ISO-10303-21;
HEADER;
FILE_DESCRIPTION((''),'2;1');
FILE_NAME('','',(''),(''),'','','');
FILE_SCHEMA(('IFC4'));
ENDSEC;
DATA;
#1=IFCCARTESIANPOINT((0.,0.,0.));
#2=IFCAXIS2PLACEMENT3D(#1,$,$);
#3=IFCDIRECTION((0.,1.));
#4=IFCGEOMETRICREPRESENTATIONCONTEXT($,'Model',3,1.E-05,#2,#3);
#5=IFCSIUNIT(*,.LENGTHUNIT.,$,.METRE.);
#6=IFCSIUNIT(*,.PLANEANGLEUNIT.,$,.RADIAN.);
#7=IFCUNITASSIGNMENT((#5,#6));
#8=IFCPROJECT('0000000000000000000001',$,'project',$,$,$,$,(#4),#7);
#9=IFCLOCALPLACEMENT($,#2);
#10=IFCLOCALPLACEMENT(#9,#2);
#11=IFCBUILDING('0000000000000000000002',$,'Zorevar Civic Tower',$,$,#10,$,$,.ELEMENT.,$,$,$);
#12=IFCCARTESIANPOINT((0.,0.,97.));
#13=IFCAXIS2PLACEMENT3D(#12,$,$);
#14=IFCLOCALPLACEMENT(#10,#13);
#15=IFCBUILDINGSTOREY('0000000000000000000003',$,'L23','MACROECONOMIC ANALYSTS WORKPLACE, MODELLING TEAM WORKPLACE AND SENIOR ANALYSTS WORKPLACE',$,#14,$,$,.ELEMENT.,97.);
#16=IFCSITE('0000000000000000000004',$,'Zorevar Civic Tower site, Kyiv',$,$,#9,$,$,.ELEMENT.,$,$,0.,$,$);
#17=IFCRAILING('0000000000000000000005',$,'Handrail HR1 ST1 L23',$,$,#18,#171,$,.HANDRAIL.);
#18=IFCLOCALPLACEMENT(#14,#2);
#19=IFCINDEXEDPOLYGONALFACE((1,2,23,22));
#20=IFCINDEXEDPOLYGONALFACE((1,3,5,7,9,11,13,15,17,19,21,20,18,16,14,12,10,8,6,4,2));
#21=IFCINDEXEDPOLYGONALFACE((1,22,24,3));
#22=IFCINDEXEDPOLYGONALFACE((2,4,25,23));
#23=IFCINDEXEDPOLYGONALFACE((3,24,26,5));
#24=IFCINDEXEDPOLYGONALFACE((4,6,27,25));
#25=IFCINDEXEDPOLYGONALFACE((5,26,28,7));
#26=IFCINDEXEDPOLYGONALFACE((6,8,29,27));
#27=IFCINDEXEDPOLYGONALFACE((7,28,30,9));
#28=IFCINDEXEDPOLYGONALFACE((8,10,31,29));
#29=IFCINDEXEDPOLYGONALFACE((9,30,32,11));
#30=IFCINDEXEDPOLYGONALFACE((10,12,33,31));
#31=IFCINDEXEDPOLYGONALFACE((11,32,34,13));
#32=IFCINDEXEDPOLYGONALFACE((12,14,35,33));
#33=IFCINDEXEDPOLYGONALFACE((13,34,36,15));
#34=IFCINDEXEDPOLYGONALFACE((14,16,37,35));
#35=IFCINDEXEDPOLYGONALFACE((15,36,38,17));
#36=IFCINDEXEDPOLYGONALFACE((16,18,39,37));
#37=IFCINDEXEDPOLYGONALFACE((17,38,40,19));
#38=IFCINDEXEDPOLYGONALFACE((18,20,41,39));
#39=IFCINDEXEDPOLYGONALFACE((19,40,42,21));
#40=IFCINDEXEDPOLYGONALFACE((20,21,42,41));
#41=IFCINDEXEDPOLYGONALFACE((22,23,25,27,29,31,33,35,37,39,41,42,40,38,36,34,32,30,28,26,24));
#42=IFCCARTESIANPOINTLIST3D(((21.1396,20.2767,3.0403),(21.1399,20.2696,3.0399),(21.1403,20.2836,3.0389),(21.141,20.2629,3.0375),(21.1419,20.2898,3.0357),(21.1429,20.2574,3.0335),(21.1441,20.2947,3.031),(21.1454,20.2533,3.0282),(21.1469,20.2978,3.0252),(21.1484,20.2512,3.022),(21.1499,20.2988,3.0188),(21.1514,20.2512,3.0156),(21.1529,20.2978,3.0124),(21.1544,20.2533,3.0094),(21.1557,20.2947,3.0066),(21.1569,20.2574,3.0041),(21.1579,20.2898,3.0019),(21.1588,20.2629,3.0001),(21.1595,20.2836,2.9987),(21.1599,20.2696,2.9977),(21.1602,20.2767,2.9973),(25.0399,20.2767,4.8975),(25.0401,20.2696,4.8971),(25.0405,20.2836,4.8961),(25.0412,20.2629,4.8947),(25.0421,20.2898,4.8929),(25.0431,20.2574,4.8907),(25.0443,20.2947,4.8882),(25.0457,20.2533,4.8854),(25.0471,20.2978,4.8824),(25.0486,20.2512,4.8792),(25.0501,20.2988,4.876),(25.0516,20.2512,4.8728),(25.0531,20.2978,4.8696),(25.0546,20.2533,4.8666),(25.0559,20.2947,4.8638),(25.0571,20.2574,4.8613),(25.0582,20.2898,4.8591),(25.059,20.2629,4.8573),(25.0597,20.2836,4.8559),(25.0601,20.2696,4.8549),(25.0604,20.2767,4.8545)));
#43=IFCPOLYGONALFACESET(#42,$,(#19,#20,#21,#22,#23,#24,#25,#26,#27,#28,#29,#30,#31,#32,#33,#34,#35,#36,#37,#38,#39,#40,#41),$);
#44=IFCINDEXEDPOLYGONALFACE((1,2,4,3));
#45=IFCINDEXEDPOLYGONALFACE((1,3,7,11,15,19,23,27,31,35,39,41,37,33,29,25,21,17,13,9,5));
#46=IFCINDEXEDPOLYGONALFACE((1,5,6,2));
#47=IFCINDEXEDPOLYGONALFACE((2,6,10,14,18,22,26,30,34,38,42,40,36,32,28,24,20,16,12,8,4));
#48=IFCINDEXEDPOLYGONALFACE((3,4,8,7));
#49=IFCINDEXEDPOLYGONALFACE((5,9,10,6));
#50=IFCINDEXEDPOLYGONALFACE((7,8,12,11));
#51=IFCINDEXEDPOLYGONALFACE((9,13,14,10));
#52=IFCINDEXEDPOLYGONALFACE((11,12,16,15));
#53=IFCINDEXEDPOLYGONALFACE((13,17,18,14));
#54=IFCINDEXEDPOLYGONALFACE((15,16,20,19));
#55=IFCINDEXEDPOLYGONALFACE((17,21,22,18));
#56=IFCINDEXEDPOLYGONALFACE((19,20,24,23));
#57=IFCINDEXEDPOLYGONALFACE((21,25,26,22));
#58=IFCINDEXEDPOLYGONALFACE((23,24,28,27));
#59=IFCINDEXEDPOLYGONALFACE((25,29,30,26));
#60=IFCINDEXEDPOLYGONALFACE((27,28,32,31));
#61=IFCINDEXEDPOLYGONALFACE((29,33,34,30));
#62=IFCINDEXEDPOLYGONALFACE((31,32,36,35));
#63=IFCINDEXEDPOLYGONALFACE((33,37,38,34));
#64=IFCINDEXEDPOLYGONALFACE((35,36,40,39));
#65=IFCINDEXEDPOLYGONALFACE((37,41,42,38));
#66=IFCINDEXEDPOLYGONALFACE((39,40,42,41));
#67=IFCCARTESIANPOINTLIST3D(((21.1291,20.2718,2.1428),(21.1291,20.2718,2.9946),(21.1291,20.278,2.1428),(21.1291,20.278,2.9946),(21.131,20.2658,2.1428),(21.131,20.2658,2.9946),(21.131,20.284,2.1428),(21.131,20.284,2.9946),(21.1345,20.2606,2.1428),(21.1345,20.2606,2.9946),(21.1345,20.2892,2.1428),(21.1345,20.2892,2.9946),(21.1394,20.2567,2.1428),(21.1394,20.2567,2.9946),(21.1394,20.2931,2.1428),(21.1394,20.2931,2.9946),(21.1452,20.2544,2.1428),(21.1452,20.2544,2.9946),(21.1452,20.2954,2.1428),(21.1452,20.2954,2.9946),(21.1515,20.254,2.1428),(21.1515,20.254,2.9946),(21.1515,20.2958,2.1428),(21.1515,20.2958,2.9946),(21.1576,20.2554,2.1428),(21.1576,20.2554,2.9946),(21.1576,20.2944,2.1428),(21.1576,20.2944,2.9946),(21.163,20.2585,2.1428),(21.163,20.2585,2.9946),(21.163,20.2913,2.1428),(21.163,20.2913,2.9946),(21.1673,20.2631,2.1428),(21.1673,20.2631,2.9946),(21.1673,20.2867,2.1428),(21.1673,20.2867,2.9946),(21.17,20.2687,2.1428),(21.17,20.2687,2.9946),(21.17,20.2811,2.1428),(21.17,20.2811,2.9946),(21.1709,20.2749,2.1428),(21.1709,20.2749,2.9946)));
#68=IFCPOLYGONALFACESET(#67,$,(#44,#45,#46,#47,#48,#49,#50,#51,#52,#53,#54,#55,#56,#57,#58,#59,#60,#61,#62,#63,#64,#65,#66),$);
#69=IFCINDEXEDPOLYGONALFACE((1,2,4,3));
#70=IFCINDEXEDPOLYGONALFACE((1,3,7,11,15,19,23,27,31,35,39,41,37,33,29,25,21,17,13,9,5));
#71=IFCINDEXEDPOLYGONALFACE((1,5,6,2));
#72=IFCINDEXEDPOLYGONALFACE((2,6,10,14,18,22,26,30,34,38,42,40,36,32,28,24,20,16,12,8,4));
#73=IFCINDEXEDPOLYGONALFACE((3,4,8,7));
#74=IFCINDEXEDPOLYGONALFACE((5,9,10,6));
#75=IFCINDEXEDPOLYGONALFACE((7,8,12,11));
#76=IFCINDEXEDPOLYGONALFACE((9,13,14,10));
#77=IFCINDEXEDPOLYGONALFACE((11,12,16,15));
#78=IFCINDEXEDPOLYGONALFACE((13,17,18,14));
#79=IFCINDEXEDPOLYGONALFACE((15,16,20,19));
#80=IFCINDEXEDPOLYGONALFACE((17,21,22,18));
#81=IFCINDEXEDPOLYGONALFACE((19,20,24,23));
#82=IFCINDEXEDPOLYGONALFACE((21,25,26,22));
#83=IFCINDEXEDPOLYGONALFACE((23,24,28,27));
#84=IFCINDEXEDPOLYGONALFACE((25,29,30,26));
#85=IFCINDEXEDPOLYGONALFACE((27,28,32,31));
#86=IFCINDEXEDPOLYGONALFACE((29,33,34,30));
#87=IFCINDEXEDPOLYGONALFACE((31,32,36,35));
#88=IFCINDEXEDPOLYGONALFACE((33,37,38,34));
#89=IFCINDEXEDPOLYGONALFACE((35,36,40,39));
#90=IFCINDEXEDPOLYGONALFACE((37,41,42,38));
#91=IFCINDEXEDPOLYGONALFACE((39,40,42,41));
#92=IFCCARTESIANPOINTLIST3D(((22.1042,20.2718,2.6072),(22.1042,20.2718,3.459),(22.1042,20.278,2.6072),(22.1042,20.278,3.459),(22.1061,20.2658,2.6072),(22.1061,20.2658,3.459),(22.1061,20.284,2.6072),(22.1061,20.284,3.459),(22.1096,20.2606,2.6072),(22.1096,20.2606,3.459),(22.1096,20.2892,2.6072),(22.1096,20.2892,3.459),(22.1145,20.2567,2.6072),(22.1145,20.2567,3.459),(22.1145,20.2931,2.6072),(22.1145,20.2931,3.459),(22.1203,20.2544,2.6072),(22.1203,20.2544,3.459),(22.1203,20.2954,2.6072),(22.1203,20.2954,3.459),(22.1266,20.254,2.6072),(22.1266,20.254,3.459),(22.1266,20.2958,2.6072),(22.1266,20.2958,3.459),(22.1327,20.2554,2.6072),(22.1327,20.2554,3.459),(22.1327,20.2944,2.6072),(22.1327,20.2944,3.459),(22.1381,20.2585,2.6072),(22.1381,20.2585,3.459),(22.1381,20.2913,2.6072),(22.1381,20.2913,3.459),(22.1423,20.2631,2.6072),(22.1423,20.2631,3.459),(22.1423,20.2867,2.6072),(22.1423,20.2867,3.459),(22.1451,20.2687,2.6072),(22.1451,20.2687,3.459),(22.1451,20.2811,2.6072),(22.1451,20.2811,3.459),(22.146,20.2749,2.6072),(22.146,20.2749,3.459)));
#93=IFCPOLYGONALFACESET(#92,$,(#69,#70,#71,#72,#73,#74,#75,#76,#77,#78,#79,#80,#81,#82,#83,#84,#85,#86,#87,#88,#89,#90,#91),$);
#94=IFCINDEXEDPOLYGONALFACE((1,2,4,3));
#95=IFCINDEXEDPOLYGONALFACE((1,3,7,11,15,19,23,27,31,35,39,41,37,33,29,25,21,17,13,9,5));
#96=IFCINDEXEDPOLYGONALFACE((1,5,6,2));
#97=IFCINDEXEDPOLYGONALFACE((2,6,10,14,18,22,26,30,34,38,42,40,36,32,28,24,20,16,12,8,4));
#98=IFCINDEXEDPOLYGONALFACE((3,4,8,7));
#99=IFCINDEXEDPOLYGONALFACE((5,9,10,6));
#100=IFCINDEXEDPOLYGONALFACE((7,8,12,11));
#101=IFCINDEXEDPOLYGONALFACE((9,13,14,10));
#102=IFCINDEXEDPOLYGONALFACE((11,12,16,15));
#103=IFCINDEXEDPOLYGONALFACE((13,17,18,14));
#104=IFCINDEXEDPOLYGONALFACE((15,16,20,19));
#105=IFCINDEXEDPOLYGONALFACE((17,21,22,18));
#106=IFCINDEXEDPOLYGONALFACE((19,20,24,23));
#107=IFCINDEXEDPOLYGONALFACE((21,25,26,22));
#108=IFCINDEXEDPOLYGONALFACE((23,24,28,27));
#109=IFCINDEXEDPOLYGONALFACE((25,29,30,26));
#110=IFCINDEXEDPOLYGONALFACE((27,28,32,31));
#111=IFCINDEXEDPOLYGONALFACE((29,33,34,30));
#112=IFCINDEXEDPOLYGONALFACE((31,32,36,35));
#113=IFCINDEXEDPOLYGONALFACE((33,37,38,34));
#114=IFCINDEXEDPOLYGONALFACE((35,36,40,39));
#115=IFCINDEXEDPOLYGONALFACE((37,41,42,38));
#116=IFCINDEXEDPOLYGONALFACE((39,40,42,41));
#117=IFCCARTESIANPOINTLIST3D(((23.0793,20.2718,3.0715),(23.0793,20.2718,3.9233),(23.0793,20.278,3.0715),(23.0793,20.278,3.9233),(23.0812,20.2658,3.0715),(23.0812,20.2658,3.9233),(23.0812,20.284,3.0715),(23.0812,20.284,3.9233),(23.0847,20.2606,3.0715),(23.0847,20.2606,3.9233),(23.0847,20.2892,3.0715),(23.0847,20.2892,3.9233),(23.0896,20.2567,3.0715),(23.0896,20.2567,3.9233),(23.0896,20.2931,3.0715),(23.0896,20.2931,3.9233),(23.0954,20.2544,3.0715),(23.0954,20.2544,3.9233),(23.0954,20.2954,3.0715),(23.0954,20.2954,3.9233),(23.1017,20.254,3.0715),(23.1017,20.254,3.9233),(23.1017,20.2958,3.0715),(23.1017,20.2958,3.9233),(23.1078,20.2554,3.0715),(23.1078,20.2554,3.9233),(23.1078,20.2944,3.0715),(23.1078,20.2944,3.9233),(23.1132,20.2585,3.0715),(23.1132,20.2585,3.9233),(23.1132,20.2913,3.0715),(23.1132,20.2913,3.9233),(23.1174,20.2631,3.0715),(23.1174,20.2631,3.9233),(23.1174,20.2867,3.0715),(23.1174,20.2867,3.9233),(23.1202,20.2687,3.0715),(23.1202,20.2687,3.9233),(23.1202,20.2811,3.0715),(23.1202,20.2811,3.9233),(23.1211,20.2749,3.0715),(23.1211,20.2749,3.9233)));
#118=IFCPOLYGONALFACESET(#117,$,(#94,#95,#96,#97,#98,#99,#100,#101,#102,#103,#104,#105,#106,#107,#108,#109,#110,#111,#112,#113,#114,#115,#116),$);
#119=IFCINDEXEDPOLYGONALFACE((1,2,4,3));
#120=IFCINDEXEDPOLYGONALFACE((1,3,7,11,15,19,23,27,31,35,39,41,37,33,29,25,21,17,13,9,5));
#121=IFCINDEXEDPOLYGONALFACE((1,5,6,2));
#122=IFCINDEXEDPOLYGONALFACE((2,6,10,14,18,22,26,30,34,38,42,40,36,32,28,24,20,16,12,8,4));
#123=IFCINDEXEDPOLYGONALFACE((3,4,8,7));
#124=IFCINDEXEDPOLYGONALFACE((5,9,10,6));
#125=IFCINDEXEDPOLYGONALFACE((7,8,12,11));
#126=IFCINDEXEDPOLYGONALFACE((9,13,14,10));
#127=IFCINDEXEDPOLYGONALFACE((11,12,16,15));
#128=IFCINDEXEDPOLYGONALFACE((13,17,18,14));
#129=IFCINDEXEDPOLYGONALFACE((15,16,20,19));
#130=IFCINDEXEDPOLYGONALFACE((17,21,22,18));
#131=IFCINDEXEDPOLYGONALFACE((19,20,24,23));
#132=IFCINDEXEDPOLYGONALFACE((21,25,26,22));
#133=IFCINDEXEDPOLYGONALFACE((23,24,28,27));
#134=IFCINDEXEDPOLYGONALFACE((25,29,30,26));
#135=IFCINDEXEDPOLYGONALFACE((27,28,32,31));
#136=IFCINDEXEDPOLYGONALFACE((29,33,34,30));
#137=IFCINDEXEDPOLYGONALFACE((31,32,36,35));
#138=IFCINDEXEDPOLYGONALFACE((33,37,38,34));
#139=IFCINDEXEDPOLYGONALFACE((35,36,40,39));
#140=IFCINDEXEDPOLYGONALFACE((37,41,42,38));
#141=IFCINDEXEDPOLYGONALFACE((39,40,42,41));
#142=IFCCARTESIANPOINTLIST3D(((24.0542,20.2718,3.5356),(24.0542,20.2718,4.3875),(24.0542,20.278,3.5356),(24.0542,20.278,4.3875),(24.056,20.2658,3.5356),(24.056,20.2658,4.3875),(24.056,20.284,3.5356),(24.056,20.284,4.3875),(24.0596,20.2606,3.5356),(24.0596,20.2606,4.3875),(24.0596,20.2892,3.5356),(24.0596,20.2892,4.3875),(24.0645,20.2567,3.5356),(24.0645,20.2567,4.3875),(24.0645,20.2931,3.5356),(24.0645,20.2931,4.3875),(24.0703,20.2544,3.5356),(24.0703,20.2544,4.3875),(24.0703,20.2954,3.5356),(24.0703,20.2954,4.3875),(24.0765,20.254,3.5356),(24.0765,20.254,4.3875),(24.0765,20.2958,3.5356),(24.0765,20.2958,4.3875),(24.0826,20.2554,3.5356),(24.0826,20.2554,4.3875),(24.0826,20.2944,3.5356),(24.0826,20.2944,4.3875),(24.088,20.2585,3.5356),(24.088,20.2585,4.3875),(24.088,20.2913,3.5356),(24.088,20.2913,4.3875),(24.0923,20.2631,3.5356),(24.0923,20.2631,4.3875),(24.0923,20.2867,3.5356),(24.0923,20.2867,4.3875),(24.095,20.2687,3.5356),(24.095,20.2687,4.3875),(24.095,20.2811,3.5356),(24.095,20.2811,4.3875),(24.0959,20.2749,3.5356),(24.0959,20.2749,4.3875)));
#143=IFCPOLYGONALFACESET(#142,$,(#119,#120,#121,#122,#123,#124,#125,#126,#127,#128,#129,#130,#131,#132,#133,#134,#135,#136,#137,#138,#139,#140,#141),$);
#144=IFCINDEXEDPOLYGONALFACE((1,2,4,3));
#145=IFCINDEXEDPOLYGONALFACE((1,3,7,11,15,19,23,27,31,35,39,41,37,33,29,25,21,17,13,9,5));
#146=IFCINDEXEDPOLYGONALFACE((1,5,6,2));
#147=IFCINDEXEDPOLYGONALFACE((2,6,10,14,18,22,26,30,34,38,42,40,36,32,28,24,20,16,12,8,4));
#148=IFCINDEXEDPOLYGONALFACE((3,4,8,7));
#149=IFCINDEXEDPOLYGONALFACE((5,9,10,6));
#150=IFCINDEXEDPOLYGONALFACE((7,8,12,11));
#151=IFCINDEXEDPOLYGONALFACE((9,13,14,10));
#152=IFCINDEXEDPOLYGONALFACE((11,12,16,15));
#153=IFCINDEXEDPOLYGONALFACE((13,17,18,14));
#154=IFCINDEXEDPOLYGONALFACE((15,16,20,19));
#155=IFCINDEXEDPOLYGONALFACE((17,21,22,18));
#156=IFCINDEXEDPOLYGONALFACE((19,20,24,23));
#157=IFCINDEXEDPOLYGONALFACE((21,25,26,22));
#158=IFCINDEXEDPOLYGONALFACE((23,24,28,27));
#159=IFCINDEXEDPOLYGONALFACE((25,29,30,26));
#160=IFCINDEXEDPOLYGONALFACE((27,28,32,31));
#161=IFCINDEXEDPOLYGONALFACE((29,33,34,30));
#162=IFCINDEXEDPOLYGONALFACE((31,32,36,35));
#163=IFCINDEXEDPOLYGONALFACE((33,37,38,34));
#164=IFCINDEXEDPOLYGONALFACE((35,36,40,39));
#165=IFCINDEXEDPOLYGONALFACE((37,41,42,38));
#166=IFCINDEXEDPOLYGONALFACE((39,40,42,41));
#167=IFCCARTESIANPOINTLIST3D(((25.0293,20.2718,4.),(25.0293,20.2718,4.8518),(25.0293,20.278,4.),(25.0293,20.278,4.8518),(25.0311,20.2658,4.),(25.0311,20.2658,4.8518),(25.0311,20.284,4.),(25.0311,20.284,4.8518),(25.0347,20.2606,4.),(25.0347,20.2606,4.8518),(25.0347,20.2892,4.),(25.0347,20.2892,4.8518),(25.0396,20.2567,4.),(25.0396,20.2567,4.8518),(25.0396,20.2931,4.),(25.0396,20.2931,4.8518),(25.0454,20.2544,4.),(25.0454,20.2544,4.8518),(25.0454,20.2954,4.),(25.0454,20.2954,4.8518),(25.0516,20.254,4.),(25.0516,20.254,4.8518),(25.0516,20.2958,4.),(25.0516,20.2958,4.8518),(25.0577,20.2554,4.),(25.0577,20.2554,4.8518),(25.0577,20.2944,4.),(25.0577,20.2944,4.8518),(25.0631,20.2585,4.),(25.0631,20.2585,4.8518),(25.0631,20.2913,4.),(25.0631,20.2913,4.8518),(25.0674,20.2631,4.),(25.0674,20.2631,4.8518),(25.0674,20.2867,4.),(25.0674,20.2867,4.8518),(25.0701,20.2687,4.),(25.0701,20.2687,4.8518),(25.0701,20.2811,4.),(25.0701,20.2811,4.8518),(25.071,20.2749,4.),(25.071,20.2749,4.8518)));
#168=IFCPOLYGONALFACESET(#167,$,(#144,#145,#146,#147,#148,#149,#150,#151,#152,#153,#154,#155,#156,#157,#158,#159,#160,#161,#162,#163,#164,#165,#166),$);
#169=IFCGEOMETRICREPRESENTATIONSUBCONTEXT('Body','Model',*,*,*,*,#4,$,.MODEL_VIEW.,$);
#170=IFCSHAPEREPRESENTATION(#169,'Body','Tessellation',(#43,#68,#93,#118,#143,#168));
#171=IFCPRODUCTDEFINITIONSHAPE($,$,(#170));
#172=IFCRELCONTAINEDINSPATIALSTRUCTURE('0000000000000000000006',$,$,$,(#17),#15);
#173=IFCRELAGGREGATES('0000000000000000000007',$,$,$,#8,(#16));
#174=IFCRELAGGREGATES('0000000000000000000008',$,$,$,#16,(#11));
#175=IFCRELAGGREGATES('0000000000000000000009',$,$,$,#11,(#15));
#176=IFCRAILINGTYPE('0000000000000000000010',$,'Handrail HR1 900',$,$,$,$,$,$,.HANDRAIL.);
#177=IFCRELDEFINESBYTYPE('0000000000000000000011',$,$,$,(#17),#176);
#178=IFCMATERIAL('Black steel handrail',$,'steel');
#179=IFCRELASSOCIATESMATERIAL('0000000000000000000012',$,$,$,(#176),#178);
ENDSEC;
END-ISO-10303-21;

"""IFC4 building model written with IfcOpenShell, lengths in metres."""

from ifc_helpers import new_model, si_unit, direction, frame, origin, origin_2d, place, context, subcontext, project, spatial, circle, extrude, material, type_object, element, save


model = new_model("IFC4")

# Units and contexts
model_context = context("Model", 3, precision=1e-05, world=origin(), true_north=direction((0.0, 1.0)))
body_context = subcontext(model_context, "Body", "Model", "MODEL_VIEW")
ifc_project = project(units=[si_unit("LENGTHUNIT", "METRE"), si_unit("PLANEANGLEUNIT", "RADIAN")], contexts=[model_context])

# Site, building, storey
site_placement = place(None, origin())
site = spatial("IfcSite", under=ifc_project, at=site_placement, Name="Zorevar Civic Tower site, Kyiv", CompositionType="ELEMENT", RefElevation=0.0)
building_placement = place(site_placement, origin())
building = spatial("IfcBuilding", under=site, at=building_placement, Name="Zorevar Civic Tower", CompositionType="ELEMENT")
storey_placement = place(building_placement, frame((0.0, 0.0, 97.0)))
storey = spatial("IfcBuildingStorey", under=building, at=storey_placement, Name="L23", Description="MACROECONOMIC ANALYSTS WORKPLACE, MODELLING TEAM WORKPLACE AND SENIOR ANALYSTS WORKPLACE", CompositionType="ELEMENT", Elevation=97.0)

# Railing
ifc_material_1 = material(Name="Black steel handrail", Category="steel")
railing_type = type_object("IfcRailingType", Name="Handrail HR1 900", PredefinedType="HANDRAIL", material=ifc_material_1)
railing_1_placement = place(storey_placement, frame((21.1499, 20.2749, 2.1428)))
element("IfcRailing", 1, at=railing_1_placement, inside=storey, type_object=railing_type, Name="Handrail HR1 ST1 L23", PredefinedType="HANDRAIL", context=body_context, shape_type="SweptSolid", body=[
    extrude(circle(Radius=0.0239, at=origin_2d()), frame((0.0, 0.0, 0.876), z_axis=(0.902864, 0.0, 0.429927), x_axis=(0.0, 1.0, 0.0)), (0.0, 0.0, 1.0), 4.3198),
    extrude(circle(Radius=0.021, at=origin_2d()), origin(), (0.0, 0.0, 1.0), 0.8518),
    extrude(circle(Radius=0.021, at=origin_2d()), frame((0.9751, 0.0, 0.4644)), (0.0, 0.0, 1.0), 0.8518),
    extrude(circle(Radius=0.021, at=origin_2d()), frame((1.9502, 0.0, 0.9287)), (0.0, 0.0, 1.0), 0.8518),
    extrude(circle(Radius=0.021, at=origin_2d()), frame((2.925, 0.0, 1.3928)), (0.0, 0.0, 1.0), 0.8518),
    extrude(circle(Radius=0.021, at=origin_2d()), frame((3.9001, 0.0, 1.8572)), (0.0, 0.0, 1.0), 0.8518),
])

save(model, "model.ifc")
